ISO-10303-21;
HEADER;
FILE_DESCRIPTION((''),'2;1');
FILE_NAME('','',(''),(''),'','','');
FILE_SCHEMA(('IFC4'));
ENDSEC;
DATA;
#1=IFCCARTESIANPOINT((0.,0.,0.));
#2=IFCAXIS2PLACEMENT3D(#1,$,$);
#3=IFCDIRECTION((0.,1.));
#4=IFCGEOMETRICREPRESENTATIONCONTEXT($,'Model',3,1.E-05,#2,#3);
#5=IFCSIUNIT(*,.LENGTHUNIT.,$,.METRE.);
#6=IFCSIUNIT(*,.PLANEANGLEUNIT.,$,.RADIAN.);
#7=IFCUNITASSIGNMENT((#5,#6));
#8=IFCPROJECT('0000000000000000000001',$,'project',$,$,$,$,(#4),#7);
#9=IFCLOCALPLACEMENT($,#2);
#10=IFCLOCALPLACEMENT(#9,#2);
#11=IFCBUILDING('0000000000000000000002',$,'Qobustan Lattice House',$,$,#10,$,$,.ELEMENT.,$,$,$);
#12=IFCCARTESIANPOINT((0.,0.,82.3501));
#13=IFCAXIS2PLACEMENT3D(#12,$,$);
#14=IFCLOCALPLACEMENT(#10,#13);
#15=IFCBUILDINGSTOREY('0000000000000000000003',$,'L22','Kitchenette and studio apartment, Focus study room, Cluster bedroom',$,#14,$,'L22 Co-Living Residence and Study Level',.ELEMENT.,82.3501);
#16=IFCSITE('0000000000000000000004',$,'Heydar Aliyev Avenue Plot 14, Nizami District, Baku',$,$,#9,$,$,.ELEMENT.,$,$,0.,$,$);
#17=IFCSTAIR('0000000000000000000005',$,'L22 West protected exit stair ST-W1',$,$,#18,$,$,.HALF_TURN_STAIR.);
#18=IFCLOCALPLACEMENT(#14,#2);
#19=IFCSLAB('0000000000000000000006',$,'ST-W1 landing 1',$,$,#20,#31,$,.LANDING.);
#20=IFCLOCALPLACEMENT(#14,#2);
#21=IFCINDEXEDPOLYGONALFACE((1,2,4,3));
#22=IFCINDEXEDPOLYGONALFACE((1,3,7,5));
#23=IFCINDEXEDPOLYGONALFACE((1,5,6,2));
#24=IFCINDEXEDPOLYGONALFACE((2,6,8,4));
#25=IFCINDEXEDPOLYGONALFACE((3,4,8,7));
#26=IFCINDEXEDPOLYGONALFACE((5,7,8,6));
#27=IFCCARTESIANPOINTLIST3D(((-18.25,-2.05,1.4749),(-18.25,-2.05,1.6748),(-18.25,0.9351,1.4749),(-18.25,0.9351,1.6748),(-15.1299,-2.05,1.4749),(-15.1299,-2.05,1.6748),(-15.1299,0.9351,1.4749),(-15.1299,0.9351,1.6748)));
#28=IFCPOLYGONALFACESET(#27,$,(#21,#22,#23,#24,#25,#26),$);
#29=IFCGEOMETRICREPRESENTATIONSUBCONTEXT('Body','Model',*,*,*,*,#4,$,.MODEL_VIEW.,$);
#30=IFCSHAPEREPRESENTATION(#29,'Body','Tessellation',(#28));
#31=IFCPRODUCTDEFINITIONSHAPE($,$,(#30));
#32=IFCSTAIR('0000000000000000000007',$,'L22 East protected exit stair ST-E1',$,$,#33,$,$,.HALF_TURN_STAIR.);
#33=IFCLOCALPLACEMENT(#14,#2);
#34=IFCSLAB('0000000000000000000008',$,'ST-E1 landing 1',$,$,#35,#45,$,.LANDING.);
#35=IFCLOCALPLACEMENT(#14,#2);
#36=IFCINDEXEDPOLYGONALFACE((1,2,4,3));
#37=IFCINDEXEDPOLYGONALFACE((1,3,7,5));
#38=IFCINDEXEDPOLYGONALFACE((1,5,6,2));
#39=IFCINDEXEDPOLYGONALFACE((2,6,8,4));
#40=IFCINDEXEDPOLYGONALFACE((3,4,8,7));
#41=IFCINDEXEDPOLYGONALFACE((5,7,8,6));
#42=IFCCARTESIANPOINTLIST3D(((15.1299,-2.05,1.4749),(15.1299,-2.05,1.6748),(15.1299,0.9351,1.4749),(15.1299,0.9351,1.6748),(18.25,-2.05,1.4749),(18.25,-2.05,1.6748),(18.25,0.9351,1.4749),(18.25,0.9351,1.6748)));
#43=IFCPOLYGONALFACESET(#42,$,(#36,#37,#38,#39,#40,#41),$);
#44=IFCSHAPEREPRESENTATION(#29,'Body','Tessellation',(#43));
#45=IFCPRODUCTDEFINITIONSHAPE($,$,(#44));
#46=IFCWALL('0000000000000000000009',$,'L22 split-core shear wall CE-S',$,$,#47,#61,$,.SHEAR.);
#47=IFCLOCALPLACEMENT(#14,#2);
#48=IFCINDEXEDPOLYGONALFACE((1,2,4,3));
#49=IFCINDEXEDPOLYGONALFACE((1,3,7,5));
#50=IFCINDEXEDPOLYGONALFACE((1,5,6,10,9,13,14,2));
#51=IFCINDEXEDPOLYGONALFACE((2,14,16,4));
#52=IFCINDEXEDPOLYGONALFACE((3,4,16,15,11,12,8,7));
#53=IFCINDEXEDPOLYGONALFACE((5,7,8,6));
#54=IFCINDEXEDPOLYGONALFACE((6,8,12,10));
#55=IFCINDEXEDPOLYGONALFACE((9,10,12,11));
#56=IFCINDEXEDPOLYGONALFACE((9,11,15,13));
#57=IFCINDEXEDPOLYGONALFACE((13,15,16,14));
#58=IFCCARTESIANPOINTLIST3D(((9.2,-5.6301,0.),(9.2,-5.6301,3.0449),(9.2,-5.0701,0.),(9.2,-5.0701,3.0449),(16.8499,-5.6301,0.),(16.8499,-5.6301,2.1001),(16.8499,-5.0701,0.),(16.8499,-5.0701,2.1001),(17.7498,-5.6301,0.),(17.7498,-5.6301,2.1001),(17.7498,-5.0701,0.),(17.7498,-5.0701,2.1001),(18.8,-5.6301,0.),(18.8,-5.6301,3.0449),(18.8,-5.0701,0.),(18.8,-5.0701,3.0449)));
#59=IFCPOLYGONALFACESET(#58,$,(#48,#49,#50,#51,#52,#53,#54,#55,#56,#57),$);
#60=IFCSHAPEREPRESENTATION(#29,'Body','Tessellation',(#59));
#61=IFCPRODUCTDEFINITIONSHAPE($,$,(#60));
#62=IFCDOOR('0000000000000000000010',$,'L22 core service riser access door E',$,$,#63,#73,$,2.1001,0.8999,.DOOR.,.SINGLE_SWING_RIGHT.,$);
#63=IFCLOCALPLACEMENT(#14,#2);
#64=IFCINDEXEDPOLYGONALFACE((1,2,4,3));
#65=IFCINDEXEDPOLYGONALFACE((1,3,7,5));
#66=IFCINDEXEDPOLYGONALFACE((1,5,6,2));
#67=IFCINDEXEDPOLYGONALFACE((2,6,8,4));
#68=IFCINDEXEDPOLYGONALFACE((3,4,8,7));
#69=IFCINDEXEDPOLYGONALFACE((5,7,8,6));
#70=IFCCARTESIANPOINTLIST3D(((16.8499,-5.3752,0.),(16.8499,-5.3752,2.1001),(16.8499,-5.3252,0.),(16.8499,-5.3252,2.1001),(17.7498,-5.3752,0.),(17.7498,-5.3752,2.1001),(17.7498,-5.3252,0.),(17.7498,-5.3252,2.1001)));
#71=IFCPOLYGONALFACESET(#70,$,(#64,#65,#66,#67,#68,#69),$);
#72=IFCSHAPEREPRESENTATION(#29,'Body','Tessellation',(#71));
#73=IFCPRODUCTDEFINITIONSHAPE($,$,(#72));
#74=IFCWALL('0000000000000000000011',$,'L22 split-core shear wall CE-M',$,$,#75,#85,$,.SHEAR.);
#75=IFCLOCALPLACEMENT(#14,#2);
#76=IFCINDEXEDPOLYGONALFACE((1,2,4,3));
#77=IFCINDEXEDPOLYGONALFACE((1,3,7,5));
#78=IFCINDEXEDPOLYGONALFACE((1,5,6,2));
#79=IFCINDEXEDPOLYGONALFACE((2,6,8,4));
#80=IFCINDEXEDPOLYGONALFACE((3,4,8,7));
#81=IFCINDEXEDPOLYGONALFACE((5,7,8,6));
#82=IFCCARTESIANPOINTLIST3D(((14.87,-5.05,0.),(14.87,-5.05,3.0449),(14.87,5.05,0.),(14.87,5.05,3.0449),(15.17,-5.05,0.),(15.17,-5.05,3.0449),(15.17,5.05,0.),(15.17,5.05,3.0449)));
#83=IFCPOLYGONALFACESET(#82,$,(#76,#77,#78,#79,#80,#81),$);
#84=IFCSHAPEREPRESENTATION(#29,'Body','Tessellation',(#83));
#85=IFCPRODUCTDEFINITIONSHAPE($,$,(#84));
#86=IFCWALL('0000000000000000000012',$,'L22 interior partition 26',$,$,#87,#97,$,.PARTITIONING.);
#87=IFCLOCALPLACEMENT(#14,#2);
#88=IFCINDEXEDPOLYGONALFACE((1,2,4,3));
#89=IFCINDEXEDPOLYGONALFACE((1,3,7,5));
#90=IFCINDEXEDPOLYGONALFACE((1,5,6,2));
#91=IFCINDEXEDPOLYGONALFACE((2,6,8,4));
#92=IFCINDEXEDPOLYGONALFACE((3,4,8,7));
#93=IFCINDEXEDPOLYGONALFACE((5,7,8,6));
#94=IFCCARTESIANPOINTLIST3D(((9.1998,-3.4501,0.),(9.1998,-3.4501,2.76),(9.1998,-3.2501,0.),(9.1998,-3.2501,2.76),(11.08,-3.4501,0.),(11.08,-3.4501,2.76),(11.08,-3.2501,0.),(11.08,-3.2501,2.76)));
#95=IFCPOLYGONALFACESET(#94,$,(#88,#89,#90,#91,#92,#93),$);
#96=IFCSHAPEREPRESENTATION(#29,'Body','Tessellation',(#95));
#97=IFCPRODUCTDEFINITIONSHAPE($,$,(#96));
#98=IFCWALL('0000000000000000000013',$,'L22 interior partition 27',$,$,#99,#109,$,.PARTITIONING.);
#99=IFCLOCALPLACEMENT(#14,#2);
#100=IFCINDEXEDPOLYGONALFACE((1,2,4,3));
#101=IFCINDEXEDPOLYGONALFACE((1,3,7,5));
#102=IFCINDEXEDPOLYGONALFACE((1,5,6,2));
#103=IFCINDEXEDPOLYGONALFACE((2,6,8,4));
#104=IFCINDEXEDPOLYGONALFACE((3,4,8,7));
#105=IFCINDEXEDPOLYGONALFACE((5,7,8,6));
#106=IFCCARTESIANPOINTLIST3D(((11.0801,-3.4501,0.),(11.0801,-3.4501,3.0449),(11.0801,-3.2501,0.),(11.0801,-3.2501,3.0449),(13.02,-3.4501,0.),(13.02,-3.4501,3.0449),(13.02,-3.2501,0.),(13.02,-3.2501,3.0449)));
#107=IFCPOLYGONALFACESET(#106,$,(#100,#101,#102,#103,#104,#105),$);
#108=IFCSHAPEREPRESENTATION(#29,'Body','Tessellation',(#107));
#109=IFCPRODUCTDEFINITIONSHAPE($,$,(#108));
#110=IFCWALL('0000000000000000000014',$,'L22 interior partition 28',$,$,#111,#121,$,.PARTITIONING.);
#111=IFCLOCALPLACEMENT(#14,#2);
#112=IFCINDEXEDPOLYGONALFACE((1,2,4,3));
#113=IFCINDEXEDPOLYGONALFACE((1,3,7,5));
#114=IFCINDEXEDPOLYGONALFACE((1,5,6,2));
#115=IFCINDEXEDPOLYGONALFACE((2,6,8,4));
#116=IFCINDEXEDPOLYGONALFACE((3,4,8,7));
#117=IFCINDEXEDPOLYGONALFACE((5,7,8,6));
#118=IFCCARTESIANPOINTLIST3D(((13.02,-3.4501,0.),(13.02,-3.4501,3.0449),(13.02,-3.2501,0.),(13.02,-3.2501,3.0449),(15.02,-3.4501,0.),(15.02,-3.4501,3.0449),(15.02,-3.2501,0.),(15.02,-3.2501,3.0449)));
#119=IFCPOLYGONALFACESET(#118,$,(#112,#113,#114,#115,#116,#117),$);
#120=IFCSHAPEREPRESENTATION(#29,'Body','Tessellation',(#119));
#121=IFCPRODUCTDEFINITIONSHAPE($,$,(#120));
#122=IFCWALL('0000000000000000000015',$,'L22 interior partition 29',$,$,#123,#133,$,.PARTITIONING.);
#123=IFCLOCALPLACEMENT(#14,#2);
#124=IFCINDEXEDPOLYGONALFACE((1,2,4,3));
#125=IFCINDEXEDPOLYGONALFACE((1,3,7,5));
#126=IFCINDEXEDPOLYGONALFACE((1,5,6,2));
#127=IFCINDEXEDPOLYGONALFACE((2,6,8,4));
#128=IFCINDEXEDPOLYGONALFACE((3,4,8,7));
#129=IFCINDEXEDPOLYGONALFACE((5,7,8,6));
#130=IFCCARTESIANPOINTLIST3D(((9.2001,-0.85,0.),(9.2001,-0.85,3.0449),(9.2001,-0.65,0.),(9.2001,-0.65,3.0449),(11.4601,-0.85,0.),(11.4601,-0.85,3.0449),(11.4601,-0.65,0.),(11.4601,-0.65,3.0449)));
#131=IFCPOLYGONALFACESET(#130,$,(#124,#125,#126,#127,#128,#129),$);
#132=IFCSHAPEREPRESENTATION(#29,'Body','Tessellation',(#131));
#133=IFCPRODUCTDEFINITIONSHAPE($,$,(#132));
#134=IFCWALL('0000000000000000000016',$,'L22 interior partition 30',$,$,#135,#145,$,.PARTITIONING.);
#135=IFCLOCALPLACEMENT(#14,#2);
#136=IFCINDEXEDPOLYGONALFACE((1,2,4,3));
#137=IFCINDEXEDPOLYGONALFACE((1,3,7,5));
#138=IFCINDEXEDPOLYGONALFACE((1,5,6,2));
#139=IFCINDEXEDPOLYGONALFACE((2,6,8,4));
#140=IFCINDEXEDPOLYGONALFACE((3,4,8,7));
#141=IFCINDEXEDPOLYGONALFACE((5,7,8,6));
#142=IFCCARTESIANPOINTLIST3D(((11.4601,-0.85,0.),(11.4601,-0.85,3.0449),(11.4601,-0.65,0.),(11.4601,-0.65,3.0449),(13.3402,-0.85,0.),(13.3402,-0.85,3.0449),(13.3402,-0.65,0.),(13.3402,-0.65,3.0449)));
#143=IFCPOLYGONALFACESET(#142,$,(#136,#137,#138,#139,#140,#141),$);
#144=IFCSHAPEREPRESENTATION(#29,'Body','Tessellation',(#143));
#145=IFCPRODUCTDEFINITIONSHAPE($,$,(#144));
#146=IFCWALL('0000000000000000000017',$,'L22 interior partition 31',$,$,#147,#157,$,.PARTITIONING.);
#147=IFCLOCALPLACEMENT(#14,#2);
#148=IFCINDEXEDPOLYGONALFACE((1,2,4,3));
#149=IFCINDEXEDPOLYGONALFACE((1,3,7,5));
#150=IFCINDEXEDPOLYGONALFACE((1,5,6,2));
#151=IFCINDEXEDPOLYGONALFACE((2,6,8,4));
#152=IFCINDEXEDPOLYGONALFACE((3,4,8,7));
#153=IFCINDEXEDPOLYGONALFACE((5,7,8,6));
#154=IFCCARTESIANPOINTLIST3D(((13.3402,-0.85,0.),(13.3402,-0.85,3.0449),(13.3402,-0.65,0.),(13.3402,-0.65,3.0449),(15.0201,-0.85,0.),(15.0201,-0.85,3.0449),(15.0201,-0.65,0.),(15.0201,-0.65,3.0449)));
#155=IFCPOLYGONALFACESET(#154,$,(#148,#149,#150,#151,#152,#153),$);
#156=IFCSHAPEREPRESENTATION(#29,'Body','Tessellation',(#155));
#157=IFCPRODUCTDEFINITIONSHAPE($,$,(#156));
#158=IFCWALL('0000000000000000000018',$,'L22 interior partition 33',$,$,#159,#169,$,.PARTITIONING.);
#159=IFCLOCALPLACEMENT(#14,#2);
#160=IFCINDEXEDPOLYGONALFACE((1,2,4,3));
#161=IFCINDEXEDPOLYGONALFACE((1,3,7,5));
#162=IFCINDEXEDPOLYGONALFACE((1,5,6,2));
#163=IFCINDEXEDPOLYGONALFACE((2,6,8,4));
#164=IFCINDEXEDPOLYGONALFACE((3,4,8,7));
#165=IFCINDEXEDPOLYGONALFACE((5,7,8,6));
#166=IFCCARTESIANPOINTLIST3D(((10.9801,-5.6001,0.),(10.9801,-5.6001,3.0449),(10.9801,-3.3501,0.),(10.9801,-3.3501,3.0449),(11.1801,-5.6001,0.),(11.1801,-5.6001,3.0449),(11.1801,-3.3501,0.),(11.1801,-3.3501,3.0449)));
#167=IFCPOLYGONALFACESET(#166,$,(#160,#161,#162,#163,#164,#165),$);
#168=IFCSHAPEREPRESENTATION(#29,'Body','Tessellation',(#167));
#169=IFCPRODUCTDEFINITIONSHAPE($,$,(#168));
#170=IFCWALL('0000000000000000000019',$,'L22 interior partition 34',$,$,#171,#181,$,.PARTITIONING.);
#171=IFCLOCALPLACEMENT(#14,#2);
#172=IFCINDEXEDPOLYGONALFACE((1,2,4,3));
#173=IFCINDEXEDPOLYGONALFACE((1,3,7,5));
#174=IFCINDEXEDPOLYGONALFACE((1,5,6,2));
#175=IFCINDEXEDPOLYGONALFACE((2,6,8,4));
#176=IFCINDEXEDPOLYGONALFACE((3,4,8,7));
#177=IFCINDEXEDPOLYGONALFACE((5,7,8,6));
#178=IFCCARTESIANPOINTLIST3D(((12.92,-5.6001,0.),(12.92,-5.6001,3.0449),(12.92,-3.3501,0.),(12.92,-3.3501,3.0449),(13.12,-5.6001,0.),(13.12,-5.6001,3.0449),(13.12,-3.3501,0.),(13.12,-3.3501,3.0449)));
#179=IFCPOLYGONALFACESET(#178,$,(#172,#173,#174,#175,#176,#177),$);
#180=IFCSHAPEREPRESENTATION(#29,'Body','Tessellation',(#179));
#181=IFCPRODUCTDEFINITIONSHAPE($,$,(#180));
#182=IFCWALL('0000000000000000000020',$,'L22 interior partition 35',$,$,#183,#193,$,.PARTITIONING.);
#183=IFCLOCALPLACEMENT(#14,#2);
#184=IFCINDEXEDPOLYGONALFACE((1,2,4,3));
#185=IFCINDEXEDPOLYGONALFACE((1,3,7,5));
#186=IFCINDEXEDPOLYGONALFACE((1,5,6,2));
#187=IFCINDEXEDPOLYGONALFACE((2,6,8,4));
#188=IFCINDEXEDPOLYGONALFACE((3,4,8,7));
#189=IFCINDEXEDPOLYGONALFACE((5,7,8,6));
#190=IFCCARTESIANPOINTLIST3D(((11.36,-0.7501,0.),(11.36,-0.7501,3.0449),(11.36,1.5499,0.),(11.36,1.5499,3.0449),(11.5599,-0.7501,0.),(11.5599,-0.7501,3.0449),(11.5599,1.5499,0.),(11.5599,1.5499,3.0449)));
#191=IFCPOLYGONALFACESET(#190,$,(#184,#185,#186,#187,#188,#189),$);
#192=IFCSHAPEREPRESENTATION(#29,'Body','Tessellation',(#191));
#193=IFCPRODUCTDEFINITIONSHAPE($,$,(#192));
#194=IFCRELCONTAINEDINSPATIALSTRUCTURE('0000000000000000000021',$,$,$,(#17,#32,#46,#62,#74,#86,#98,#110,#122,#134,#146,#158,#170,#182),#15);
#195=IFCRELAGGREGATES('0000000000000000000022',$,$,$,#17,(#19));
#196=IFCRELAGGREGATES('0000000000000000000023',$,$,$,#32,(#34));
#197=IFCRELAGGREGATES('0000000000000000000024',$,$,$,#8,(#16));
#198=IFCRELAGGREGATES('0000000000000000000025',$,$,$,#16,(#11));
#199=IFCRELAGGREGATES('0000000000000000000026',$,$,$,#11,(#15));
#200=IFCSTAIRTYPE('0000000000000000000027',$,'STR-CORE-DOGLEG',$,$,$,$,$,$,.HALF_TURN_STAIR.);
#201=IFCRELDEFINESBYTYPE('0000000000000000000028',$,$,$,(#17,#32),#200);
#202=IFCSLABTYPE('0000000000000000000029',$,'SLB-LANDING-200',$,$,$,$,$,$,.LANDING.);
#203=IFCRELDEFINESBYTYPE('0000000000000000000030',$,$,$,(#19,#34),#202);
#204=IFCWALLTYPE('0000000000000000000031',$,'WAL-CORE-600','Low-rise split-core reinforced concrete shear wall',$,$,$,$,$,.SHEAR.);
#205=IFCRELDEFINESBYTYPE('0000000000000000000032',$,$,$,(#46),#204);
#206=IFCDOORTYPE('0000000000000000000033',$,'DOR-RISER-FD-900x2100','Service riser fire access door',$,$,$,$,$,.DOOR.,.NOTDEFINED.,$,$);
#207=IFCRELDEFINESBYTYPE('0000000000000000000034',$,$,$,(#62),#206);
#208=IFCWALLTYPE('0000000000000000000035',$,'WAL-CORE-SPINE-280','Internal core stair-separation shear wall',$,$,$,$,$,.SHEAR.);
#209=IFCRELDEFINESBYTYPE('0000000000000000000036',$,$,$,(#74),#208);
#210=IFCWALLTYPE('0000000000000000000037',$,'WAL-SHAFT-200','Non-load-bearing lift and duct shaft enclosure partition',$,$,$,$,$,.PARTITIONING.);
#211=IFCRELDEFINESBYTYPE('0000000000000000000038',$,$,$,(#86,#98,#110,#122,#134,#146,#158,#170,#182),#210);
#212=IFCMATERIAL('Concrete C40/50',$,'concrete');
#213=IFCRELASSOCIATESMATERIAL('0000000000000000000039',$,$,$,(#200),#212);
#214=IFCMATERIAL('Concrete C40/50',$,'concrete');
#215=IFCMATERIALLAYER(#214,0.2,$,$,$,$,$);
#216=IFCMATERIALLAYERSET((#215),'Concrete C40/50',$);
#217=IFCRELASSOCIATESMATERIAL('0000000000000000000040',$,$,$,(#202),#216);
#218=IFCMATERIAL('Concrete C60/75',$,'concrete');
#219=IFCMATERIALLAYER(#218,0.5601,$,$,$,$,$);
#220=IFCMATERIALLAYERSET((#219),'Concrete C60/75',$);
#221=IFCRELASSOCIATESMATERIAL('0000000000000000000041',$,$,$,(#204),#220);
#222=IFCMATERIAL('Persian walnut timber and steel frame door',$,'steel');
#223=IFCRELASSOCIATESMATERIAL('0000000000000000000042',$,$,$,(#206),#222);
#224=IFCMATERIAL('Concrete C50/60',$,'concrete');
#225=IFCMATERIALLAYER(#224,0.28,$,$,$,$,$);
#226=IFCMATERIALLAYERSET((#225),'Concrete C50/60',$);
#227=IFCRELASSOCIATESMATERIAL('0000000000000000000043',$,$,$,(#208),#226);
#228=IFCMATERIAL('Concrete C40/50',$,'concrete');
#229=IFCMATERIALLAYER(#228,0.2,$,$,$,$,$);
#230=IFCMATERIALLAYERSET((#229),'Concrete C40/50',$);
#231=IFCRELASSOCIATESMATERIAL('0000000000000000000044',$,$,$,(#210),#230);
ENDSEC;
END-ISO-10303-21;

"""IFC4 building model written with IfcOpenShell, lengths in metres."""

from ifc_helpers import new_model, si_unit, direction, frame, frame_2d, origin, place, context, subcontext, project, spatial, polyline, rectangle, outline, extrude, material, layer, layer_set, type_object, element, fill, aggregate, save


model = new_model("IFC4")

# Units and contexts
model_context = context("Model", 3, precision=1e-05, world=origin(), true_north=direction((0.0, 1.0)))
body_context = subcontext(model_context, "Body", "Model", "MODEL_VIEW")
ifc_project = project(units=[si_unit("LENGTHUNIT", "METRE"), si_unit("PLANEANGLEUNIT", "RADIAN")], contexts=[model_context])

# Site, building, storey
site_placement = place(None, origin())
site = spatial("IfcSite", under=ifc_project, at=site_placement, Name="Heydar Aliyev Avenue Plot 14, Nizami District, Baku", CompositionType="ELEMENT", RefElevation=0.0)
building_placement = place(site_placement, origin())
building = spatial("IfcBuilding", under=site, at=building_placement, Name="Qobustan Lattice House", CompositionType="ELEMENT")
storey_placement = place(building_placement, frame((0.0, 0.0, 82.3501)))
storey = spatial("IfcBuildingStorey", under=building, at=storey_placement, Name="L22", Description="Kitchenette and studio apartment, Focus study room, Cluster bedroom", LongName="L22 Co-Living Residence and Study Level", CompositionType="ELEMENT", Elevation=82.3501)

# Stairs, slabs
ifc_material_1 = material(Name="Concrete C40/50", Category="concrete")
stair_type = type_object("IfcStairType", Name="STR-CORE-DOGLEG", PredefinedType="HALF_TURN_STAIR", material=ifc_material_1)
stair_1_placement = place(storey_placement, origin())
stair_1 = element("IfcStair", 1, at=stair_1_placement, inside=storey, type_object=stair_type, Name="L22 West protected exit stair ST-W1", PredefinedType="HALF_TURN_STAIR")
ifc_material_2 = material(Name="Concrete C40/50", Category="concrete")
ifc_layer_1 = layer(ifc_material_2, 0.2)
ifc_layer_set_1 = layer_set([ifc_layer_1], Name="Concrete C40/50")
slab_type = type_object("IfcSlabType", Name="SLB-LANDING-200", PredefinedType="LANDING", material=ifc_layer_set_1)
slab_1_placement = place(storey_placement, frame((0.0, 0.0, 1.4749)))
slab_1 = element("IfcSlab", 2, at=slab_1_placement, type_object=slab_type, Name="ST-W1 landing 1", PredefinedType="LANDING", context=body_context, shape_type="SweptSolid", body=[
    extrude(outline(polyline([(-18.25, 0.9351), (-18.25, -2.05), (-15.1299, -2.05), (-15.1299, 0.9351), (-18.25, 0.9351)])), origin(), (0.0, 0.0, 1.0), 0.2),
])
aggregate(stair_1, [slab_1])
stair_2_placement = place(storey_placement, origin())
stair_2 = element("IfcStair", 3, at=stair_2_placement, inside=storey, type_object=stair_type, Name="L22 East protected exit stair ST-E1", PredefinedType="HALF_TURN_STAIR")
slab_2_placement = place(storey_placement, frame((0.0, 0.0, 1.4749)))
slab_2 = element("IfcSlab", 4, at=slab_2_placement, type_object=slab_type, Name="ST-E1 landing 1", PredefinedType="LANDING", context=body_context, shape_type="SweptSolid", body=[
    extrude(outline(polyline([(15.1299, 0.9351), (15.1299, -2.05), (18.25, -2.05), (18.25, 0.9351), (15.1299, 0.9351)])), origin(), (0.0, 0.0, 1.0), 0.2),
])
aggregate(stair_2, [slab_2])

# Wall, opening, door
ifc_material_3 = material(Name="Concrete C60/75", Category="concrete")
ifc_layer_2 = layer(ifc_material_3, 0.5601)
ifc_layer_set_2 = layer_set([ifc_layer_2], Name="Concrete C60/75")
wall_type_1 = type_object("IfcWallType", Name="WAL-CORE-600", Description="Low-rise split-core reinforced concrete shear wall", PredefinedType="SHEAR", material=ifc_layer_set_2)
wall_1_placement = place(storey_placement, frame((9.2, -5.3501, 0.0), z_axis=(0.0, 0.0, 1.0), x_axis=(1.0, 0.0, 0.0)))
wall_1 = element("IfcWall", 5, at=wall_1_placement, inside=storey, type_object=wall_type_1, Name="L22 split-core shear wall CE-S", PredefinedType="SHEAR", context=body_context, shape_type="SweptSolid", body=[
    extrude(rectangle(XDim=9.6001, YDim=0.5601, at=frame_2d((4.8, 0.0))), origin(), (0.0, 0.0, 1.0), 3.0449),
])
opening_1_placement = place(wall_1_placement, frame((7.6499, 0.0, 0.0)))
opening_1 = element("IfcOpeningElement", 6, at=opening_1_placement, cuts=wall_1, PredefinedType="OPENING", context=body_context, shape_type="SweptSolid", body=[
    extrude(rectangle(XDim=0.8999, YDim=2.1001, at=frame_2d((0.45, 1.05))), frame((0.0, 0.29, 0.0), z_axis=(0.0, -1.0, 0.0), x_axis=(1.0, 0.0, 0.0)), (0.0, 0.0, 1.0), 0.5801),
])
ifc_material_4 = material(Name="Persian walnut timber and steel frame door", Category="steel")
door_type_1 = type_object("IfcDoorType", Name="DOR-RISER-FD-900x2100", Description="Service riser fire access door", OperationType="NOTDEFINED", PredefinedType="DOOR", material=ifc_material_4)
door_1_placement = place(opening_1_placement, origin())
door_1 = element("IfcDoor", 7, at=door_1_placement, inside=storey, type_object=door_type_1, Name="L22 core service riser access door E", OperationType="SINGLE_SWING_RIGHT", OverallHeight=2.1001, OverallWidth=0.8999, PredefinedType="DOOR", context=body_context, shape_type="SweptSolid", body=[
    extrude(rectangle(XDim=0.8999, YDim=2.1001, at=frame_2d((0.45, 1.05))), frame((0.0, 0.0249, 0.0), z_axis=(0.0, -1.0, 0.0), x_axis=(1.0, 0.0, 0.0)), (0.0, 0.0, 1.0), 0.05),
])
fill(opening_1, door_1)

# Walls
ifc_material_5 = material(Name="Concrete C50/60", Category="concrete")
ifc_layer_3 = layer(ifc_material_5, 0.28)
ifc_layer_set_3 = layer_set([ifc_layer_3], Name="Concrete C50/60")
wall_type_2 = type_object("IfcWallType", Name="WAL-CORE-SPINE-280", Description="Internal core stair-separation shear wall", PredefinedType="SHEAR", material=ifc_layer_set_3)
wall_2_placement = place(storey_placement, frame((15.02, -5.05, 0.0), z_axis=(0.0, 0.0, 1.0), x_axis=(0.0, 1.0, 0.0)))
element("IfcWall", 8, at=wall_2_placement, inside=storey, type_object=wall_type_2, Name="L22 split-core shear wall CE-M", PredefinedType="SHEAR", context=body_context, shape_type="SweptSolid", body=[
    extrude(rectangle(XDim=10.1001, YDim=0.3, at=frame_2d((5.05, 0.0))), origin(), (0.0, 0.0, 1.0), 3.0449),
])
ifc_material_6 = material(Name="Concrete C40/50", Category="concrete")
ifc_layer_4 = layer(ifc_material_6, 0.2)
ifc_layer_set_4 = layer_set([ifc_layer_4], Name="Concrete C40/50")
wall_type_3 = type_object("IfcWallType", Name="WAL-SHAFT-200", Description="Non-load-bearing lift and duct shaft enclosure partition", PredefinedType="PARTITIONING", material=ifc_layer_set_4)
wall_3_placement = place(storey_placement, frame((9.2, -3.3501, 0.0), z_axis=(0.0, 0.0, 1.0), x_axis=(1.0, 0.0, 0.0)))
element("IfcWall", 9, at=wall_3_placement, inside=storey, type_object=wall_type_3, Name="L22 interior partition 26", PredefinedType="PARTITIONING", context=body_context, shape_type="SweptSolid", body=[
    extrude(rectangle(XDim=1.8801, YDim=0.2, at=frame_2d((0.9399, 0.0))), origin(), (0.0, 0.0, 1.0), 2.76),
])
wall_4_placement = place(storey_placement, frame((11.0801, -3.3501, 0.0), z_axis=(0.0, 0.0, 1.0), x_axis=(1.0, 0.0, 0.0)))
element("IfcWall", 10, at=wall_4_placement, inside=storey, type_object=wall_type_3, Name="L22 interior partition 27", PredefinedType="PARTITIONING", context=body_context, shape_type="SweptSolid", body=[
    extrude(rectangle(XDim=1.9399, YDim=0.2, at=frame_2d((0.97, 0.0))), origin(), (0.0, 0.0, 1.0), 3.0449),
])
wall_5_placement = place(storey_placement, frame((13.02, -3.3501, 0.0), z_axis=(0.0, 0.0, 1.0), x_axis=(1.0, 0.0, 0.0)))
element("IfcWall", 11, at=wall_5_placement, inside=storey, type_object=wall_type_3, Name="L22 interior partition 28", PredefinedType="PARTITIONING", context=body_context, shape_type="SweptSolid", body=[
    extrude(rectangle(XDim=2.0, YDim=0.2, at=frame_2d((1.0, 0.0))), origin(), (0.0, 0.0, 1.0), 3.0449),
])
wall_6_placement = place(storey_placement, frame((11.46, -0.75, 0.0), z_axis=(0.0, 0.0, 1.0), x_axis=(-1.0, 0.0, 0.0)))
element("IfcWall", 12, at=wall_6_placement, inside=storey, type_object=wall_type_3, Name="L22 interior partition 29", PredefinedType="PARTITIONING", context=body_context, shape_type="SweptSolid", body=[
    extrude(rectangle(XDim=2.26, YDim=0.2, at=frame_2d((1.1299, 0.0))), origin(), (0.0, 0.0, 1.0), 3.0449),
])
wall_7_placement = place(storey_placement, frame((13.3401, -0.75, 0.0), z_axis=(0.0, 0.0, 1.0), x_axis=(-1.0, 0.0, 0.0)))
element("IfcWall", 13, at=wall_7_placement, inside=storey, type_object=wall_type_3, Name="L22 interior partition 30", PredefinedType="PARTITIONING", context=body_context, shape_type="SweptSolid", body=[
    extrude(rectangle(XDim=1.8801, YDim=0.2, at=frame_2d((0.9399, 0.0))), origin(), (0.0, 0.0, 1.0), 3.0449),
])
wall_8_placement = place(storey_placement, frame((15.02, -0.75, 0.0), z_axis=(0.0, 0.0, 1.0), x_axis=(-1.0, 0.0, 0.0)))
element("IfcWall", 14, at=wall_8_placement, inside=storey, type_object=wall_type_3, Name="L22 interior partition 31", PredefinedType="PARTITIONING", context=body_context, shape_type="SweptSolid", body=[
    extrude(rectangle(XDim=1.6799, YDim=0.2, at=frame_2d((0.8398, 0.0))), origin(), (0.0, 0.0, 1.0), 3.0449),
])
for number, where, z_axis, x_axis, name in (
    (15, (11.0801, -5.6001, 0.0), (0.0, 0.0, 1.0), (0.0, 1.0, 0.0), "L22 interior partition 33"),
    (16, (13.02, -5.6001, 0.0), (0.0, 0.0, 1.0), (0.0, 1.0, 0.0), "L22 interior partition 34"),
):
    element("IfcWall", number, at=place(storey_placement, frame(where, z_axis=z_axis, x_axis=x_axis)), inside=storey, type_object=wall_type_3, Name=name, PredefinedType="PARTITIONING", context=body_context, shape_type="SweptSolid", body=[
        extrude(rectangle(XDim=2.25, YDim=0.2, at=frame_2d((1.125, 0.0))), origin(), (0.0, 0.0, 1.0), 3.0449),
    ])
for number, where, z_axis, x_axis, name in (
    (17, (11.46, -0.75, 0.0), (0.0, 0.0, 1.0), (0.0, 1.0, 0.0), "L22 interior partition 35"),
):
    element("IfcWall", number, at=place(storey_placement, frame(where, z_axis=z_axis, x_axis=x_axis)), inside=storey, type_object=wall_type_3, Name=name, PredefinedType="PARTITIONING", context=body_context, shape_type="SweptSolid", body=[
        extrude(rectangle(XDim=2.3, YDim=0.2, at=frame_2d((1.1499, 0.0))), origin(), (0.0, 0.0, 1.0), 3.0449),
    ])

save(model, "model.ifc")
